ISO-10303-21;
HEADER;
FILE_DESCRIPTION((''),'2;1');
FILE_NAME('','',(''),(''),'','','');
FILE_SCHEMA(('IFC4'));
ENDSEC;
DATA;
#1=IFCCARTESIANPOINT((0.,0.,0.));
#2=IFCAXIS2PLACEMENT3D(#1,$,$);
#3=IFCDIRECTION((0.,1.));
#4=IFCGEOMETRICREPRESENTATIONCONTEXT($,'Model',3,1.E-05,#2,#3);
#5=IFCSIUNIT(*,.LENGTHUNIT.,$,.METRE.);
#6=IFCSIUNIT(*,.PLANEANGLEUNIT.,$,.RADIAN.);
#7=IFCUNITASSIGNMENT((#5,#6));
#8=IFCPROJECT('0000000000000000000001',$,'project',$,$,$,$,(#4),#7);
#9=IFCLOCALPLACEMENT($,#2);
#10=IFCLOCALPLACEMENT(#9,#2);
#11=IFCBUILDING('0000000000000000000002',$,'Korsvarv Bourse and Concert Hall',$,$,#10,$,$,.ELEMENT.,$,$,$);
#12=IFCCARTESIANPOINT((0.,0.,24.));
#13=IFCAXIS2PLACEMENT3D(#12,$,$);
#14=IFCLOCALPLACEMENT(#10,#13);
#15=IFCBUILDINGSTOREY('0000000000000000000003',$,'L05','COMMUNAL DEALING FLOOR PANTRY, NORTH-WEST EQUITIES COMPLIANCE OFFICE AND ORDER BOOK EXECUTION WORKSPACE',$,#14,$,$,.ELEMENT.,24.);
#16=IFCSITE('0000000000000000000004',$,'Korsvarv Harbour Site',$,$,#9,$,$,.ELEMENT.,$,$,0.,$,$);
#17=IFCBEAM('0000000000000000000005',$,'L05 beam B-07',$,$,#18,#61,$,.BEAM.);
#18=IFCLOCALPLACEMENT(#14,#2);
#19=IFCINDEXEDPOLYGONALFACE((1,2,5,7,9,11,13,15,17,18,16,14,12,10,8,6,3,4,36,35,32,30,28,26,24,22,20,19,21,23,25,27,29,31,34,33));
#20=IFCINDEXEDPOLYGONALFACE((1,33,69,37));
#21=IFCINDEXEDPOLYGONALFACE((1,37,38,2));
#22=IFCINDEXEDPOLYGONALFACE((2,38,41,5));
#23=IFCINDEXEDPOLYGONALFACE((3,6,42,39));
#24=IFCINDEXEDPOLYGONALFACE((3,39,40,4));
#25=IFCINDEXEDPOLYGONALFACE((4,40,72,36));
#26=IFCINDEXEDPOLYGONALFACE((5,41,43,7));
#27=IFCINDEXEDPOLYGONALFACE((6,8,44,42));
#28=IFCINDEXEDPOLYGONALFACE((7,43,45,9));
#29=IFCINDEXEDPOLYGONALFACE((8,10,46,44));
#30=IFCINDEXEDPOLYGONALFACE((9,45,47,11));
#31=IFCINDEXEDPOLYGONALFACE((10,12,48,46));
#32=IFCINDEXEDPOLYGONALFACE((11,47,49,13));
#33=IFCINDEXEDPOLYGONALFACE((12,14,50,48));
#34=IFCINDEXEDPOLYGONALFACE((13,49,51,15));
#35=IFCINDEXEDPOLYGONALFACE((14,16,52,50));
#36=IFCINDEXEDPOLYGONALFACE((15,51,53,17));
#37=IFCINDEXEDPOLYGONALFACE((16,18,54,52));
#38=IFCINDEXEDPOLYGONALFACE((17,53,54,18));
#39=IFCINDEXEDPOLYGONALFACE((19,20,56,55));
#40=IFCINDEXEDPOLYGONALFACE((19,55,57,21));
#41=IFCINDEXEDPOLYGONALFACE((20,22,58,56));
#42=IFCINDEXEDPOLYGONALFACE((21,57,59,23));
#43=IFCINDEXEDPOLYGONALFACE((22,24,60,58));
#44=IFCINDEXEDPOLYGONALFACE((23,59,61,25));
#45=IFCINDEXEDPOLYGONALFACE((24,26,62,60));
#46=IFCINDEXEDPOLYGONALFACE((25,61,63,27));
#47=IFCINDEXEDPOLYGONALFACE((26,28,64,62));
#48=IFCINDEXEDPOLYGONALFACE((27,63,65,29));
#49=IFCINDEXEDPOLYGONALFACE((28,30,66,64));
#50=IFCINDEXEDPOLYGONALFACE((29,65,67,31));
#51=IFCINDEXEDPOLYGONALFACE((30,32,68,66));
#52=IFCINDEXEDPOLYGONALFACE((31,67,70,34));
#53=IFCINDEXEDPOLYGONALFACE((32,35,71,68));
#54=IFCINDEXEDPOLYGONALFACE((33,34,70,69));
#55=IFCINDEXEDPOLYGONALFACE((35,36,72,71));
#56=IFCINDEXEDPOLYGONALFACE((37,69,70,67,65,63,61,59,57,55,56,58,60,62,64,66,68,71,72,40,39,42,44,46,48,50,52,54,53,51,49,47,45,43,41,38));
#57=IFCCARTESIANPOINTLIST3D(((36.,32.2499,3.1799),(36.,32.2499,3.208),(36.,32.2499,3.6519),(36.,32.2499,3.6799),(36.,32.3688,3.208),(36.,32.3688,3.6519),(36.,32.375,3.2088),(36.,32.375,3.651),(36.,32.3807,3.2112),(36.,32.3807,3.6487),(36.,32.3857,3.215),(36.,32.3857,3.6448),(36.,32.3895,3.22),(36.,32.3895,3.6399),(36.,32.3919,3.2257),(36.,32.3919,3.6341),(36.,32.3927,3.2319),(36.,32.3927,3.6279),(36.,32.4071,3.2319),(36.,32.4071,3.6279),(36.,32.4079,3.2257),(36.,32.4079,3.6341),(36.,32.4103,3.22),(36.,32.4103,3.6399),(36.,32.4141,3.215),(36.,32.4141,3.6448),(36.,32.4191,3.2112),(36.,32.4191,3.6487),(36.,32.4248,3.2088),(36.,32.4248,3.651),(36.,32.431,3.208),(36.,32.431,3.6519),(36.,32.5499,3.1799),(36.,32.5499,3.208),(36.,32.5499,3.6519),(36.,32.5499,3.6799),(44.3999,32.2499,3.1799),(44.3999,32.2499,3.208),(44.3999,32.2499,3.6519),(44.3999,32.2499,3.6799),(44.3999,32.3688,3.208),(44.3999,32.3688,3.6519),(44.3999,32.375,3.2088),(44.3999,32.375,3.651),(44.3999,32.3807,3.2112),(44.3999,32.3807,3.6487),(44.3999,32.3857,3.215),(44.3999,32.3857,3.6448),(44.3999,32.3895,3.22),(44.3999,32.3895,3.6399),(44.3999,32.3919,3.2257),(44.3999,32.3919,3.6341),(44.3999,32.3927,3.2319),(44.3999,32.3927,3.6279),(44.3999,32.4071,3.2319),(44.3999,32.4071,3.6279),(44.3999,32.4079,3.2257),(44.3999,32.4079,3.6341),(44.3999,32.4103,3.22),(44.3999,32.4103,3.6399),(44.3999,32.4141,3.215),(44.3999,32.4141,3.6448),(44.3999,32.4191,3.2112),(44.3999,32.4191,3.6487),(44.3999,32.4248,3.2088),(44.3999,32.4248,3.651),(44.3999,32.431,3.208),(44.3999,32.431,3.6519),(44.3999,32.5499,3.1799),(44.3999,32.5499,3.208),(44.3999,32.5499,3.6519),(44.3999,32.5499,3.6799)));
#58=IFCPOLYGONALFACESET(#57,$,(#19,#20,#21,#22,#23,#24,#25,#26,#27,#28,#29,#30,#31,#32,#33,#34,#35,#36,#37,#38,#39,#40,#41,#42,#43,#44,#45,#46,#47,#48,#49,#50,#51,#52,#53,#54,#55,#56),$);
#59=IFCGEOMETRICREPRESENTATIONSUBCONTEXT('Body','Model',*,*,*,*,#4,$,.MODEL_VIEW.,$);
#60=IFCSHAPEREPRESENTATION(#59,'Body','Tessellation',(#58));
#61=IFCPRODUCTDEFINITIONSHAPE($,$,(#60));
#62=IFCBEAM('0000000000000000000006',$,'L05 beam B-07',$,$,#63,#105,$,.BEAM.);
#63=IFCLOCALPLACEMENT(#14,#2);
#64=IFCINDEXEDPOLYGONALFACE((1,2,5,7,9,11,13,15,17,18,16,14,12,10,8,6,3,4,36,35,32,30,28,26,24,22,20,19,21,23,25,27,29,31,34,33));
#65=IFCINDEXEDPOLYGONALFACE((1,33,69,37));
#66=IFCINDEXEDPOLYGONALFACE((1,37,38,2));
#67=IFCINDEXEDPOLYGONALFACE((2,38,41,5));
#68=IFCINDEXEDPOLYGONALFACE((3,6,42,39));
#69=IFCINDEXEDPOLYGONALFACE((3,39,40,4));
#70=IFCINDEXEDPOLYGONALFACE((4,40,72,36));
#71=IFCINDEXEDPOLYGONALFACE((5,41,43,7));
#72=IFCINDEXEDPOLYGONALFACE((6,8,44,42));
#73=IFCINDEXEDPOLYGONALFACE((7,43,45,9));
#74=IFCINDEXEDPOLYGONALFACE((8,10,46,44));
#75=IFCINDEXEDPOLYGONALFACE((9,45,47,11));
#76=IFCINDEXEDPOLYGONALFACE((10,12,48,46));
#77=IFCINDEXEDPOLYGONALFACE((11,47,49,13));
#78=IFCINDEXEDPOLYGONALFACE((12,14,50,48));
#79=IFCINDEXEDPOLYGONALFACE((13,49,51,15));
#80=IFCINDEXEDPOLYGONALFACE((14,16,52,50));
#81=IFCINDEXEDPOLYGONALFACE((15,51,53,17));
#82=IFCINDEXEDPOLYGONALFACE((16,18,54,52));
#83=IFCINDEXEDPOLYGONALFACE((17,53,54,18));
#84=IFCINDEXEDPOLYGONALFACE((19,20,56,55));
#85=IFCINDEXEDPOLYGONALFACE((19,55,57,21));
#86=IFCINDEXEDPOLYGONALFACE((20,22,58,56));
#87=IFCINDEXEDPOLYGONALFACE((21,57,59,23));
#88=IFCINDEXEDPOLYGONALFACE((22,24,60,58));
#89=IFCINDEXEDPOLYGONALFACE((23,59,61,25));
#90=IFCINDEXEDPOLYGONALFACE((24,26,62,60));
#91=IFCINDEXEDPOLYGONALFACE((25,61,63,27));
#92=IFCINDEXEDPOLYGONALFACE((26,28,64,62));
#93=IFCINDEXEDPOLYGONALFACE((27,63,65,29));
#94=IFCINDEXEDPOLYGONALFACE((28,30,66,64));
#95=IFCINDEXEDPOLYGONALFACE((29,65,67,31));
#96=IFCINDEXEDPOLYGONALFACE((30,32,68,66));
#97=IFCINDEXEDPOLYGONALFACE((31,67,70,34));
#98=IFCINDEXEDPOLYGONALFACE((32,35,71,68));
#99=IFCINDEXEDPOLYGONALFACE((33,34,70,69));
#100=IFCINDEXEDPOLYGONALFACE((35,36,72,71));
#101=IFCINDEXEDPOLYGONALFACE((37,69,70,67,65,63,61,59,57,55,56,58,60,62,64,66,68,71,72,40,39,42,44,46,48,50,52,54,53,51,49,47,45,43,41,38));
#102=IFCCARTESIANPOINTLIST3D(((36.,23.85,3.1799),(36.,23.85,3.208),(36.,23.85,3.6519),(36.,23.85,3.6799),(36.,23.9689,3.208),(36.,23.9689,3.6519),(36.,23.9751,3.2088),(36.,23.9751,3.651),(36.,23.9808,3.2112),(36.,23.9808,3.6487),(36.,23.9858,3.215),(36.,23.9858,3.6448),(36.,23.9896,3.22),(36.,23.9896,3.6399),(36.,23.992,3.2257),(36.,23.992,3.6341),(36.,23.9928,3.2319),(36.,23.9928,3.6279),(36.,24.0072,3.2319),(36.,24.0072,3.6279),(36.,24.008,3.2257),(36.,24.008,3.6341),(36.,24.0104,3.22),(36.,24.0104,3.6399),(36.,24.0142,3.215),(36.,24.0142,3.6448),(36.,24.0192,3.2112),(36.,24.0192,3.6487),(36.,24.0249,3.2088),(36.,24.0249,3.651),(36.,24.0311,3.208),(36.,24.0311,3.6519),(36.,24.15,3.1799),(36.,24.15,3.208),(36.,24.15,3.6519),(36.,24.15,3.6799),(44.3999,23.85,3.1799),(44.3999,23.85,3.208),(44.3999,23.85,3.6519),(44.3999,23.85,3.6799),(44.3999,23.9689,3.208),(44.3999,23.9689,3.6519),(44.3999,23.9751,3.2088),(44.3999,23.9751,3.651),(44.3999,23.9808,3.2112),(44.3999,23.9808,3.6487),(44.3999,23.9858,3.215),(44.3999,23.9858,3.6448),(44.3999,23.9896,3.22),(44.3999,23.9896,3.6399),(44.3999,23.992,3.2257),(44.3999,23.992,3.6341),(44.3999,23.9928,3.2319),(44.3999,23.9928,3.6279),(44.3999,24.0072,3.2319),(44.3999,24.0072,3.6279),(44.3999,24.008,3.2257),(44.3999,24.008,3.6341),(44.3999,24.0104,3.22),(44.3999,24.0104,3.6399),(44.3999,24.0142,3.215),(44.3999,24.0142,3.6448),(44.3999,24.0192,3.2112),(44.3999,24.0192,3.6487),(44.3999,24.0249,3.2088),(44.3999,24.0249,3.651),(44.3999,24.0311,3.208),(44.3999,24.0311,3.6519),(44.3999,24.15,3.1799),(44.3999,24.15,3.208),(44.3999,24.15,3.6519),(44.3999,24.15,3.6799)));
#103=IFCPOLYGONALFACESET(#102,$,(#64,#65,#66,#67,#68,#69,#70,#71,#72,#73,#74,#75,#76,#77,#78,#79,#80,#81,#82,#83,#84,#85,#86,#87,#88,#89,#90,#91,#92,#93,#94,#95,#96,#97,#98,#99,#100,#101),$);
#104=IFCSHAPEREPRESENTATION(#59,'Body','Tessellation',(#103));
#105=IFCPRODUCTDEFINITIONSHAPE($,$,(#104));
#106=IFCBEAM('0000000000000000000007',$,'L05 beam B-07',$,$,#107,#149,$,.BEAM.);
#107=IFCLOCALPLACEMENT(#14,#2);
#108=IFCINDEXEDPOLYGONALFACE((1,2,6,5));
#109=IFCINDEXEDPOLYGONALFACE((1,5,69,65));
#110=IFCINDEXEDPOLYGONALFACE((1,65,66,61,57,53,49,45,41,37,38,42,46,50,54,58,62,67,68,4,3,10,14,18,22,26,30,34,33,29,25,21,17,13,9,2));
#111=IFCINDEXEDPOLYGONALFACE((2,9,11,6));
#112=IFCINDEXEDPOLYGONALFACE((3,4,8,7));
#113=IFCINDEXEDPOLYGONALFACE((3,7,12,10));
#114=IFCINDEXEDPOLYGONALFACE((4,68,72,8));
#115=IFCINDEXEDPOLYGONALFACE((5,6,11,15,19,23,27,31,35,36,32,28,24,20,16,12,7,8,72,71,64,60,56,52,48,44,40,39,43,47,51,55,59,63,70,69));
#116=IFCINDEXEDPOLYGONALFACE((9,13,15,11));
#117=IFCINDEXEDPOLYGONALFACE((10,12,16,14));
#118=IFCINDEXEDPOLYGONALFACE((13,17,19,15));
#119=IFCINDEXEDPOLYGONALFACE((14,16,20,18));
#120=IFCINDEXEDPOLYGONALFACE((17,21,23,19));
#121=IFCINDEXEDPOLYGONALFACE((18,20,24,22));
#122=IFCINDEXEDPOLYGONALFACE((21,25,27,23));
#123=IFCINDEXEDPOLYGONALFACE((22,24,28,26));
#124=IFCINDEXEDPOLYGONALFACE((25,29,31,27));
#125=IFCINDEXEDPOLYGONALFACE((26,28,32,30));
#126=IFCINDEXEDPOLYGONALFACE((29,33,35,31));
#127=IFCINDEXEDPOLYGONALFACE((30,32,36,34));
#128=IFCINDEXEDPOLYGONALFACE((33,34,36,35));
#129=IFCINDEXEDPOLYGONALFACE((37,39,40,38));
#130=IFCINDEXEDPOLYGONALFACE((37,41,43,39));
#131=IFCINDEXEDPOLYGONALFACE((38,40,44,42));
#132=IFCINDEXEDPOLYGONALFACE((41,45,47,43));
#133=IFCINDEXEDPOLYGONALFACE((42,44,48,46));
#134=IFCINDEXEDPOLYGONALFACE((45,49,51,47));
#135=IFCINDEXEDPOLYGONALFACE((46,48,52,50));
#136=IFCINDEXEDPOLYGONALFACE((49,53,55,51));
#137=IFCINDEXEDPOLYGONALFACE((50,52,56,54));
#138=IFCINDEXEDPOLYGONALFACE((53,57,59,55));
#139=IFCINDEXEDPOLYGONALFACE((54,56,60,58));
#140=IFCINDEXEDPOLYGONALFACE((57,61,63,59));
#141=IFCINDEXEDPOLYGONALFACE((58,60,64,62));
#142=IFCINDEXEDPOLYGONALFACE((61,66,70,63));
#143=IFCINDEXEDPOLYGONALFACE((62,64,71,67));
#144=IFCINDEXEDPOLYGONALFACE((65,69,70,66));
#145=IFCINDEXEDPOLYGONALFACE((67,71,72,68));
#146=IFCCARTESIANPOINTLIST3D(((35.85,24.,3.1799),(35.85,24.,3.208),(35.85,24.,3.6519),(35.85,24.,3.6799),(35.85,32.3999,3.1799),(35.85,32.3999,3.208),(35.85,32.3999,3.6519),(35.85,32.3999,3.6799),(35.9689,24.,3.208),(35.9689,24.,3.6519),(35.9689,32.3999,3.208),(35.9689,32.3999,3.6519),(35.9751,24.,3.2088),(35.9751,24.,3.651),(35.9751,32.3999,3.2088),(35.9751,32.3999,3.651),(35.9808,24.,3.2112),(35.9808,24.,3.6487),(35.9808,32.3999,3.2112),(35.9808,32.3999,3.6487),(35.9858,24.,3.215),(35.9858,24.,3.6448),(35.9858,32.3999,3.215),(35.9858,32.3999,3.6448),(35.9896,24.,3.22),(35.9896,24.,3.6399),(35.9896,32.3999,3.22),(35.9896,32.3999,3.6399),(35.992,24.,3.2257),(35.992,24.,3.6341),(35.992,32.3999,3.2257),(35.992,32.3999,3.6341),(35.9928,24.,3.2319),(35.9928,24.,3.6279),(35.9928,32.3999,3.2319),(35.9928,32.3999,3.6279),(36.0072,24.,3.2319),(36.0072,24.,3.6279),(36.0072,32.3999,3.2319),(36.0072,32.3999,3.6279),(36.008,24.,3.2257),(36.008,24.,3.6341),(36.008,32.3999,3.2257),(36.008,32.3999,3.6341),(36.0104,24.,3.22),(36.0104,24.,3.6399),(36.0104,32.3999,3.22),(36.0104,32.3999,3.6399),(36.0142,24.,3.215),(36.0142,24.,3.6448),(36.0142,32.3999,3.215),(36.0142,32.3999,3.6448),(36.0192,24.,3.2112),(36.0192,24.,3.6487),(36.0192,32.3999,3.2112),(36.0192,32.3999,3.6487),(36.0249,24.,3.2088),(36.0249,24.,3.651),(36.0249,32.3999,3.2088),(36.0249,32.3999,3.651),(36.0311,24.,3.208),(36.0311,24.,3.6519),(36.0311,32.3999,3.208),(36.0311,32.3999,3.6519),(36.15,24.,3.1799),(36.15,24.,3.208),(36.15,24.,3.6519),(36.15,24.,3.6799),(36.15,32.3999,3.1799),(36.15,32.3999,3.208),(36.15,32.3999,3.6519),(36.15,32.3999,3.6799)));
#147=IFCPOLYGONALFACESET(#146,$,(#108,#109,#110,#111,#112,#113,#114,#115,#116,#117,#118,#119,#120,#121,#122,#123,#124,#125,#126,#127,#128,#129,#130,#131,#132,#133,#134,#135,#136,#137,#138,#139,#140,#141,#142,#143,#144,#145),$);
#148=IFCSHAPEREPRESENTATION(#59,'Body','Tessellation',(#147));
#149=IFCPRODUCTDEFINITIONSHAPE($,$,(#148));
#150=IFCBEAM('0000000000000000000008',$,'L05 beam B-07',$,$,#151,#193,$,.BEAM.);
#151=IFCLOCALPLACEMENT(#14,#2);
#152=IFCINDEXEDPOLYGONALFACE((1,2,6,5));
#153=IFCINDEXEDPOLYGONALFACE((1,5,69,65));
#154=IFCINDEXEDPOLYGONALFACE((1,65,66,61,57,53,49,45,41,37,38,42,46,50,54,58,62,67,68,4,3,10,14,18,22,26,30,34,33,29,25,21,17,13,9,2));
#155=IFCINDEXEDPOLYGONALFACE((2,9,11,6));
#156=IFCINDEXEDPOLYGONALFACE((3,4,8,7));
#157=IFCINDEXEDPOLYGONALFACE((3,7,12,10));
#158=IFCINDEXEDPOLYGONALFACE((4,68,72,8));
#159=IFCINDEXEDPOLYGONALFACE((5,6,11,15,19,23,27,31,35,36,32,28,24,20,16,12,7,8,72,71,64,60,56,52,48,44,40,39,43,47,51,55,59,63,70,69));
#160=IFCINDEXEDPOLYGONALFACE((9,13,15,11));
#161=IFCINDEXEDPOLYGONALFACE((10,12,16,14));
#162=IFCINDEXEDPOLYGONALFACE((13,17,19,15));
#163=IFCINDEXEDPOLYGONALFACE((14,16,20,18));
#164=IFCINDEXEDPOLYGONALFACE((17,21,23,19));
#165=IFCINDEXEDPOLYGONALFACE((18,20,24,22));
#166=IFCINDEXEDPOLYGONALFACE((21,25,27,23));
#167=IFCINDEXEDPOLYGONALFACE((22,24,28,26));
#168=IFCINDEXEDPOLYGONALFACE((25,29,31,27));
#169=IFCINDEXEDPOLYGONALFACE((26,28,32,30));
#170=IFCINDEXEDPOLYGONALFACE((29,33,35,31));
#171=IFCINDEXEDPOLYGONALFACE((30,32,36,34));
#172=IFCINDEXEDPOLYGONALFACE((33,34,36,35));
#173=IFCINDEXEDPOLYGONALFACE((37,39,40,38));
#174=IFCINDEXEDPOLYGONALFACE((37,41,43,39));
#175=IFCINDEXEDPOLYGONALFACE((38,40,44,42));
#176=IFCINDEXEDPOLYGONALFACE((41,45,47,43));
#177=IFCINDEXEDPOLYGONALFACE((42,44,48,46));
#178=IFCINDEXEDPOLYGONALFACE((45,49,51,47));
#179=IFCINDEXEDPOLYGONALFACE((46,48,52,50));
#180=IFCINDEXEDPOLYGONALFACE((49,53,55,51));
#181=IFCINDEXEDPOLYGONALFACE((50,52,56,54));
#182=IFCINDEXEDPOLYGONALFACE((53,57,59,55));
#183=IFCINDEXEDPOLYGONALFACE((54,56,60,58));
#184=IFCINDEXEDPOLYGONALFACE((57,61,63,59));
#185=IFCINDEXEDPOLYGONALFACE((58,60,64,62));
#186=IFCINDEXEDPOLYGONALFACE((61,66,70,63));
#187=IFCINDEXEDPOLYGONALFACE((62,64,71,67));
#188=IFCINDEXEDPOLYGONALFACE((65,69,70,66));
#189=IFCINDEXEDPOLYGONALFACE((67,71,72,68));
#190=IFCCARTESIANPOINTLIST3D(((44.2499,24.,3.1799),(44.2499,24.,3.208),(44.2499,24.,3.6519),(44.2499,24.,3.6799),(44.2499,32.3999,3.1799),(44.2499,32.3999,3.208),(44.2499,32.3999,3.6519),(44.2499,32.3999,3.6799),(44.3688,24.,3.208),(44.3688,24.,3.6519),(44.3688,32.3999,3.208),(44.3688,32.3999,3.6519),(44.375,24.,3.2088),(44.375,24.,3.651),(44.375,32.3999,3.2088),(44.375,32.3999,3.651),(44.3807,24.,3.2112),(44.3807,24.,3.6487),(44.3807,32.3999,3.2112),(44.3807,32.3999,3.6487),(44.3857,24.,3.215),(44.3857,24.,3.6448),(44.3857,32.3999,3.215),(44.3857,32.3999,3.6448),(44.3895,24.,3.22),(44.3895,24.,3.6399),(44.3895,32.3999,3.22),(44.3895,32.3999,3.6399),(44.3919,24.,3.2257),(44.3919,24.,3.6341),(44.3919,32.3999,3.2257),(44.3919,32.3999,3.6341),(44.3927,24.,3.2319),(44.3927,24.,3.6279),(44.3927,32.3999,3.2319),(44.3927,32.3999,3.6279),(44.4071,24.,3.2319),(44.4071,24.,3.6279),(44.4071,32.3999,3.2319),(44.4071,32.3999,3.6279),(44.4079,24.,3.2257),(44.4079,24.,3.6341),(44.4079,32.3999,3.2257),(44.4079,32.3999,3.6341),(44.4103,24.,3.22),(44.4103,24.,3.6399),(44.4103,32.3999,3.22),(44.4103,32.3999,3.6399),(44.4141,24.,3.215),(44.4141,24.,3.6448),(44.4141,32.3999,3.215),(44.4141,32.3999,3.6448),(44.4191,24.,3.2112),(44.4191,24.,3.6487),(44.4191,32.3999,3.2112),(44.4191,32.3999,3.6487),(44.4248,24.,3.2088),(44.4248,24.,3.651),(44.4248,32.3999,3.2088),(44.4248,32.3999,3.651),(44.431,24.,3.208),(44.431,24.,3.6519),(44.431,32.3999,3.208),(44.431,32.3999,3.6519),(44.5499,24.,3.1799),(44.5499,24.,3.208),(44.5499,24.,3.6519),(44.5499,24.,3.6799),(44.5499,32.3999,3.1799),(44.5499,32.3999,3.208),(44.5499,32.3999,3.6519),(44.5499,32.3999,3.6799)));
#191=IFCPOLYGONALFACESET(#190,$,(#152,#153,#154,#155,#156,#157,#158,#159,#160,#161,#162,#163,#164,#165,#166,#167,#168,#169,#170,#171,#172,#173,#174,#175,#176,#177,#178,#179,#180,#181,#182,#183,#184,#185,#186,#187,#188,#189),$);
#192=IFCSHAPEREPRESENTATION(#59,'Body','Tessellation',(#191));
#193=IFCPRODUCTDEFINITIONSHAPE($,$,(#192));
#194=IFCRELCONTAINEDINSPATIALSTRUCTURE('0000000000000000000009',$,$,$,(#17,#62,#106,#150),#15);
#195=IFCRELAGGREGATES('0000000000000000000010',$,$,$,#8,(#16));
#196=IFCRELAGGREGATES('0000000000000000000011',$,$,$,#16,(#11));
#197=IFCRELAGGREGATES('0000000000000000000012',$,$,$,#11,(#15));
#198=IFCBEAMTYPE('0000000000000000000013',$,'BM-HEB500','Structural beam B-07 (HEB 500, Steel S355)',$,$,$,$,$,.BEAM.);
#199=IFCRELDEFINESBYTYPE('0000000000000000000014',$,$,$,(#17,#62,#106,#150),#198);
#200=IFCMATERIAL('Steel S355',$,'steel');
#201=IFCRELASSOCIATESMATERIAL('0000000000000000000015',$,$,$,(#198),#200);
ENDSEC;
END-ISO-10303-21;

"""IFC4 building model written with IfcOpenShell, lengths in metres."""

from ifc_helpers import new_model, si_unit, direction, frame, origin, origin_2d, place, context, subcontext, project, spatial, i_section, extrude, source, transform, mapped, material, material_profile, profile_set, type_object, element, save


model = new_model("IFC4")

# Units and contexts
model_context = context("Model", 3, precision=1e-05, world=origin(), true_north=direction((0.0, 1.0)))
body_context = subcontext(model_context, "Body", "Model", "MODEL_VIEW")
ifc_project = project(units=[si_unit("LENGTHUNIT", "METRE"), si_unit("PLANEANGLEUNIT", "RADIAN")], contexts=[model_context])

# Site, building, storey
site_placement = place(None, origin())
site = spatial("IfcSite", under=ifc_project, at=site_placement, Name="Korsvarv Harbour Site", CompositionType="ELEMENT", RefElevation=0.0)
building_placement = place(site_placement, origin())
building = spatial("IfcBuilding", under=site, at=building_placement, Name="Korsvarv Bourse and Concert Hall", CompositionType="ELEMENT")
storey_placement = place(building_placement, frame((0.0, 0.0, 24.0)))
storey = spatial("IfcBuildingStorey", under=building, at=storey_placement, Name="L05", Description="COMMUNAL DEALING FLOOR PANTRY, NORTH-WEST EQUITIES COMPLIANCE OFFICE AND ORDER BOOK EXECUTION WORKSPACE", CompositionType="ELEMENT", Elevation=24.0)

# Beams
ifc_material_1 = material(Name="Steel S355", Category="steel")
ifc_material_profile_1 = material_profile(ifc_material_1, i_section(OverallWidth=0.3, OverallDepth=0.5, WebThickness=0.0144, FlangeThickness=0.0281, FilletRadius=0.0239, at=origin_2d()), Name="HEB 500")
ifc_profile_set_1 = profile_set([ifc_material_profile_1], Name="Steel S355")
beam_type_1 = type_object("IfcBeamType", Name="BM-HEB500", Description="Structural beam B-07 (HEB 500, Steel S355)", PredefinedType="BEAM", material=ifc_profile_set_1)
shared_shape_1 = source(origin(), body_context, "Body", "SweptSolid", [
    extrude(i_section(OverallWidth=0.3, OverallDepth=0.5, WebThickness=0.0144, FlangeThickness=0.0281, FilletRadius=0.0239, at=origin_2d()), origin(), (0.0, 0.0, 1.0), 8.3999),
])
for number, where, z_axis, x_axis, name in (
    (1, (36.0, 32.3999, 3.4299), (1.0, 0.0, 0.0), (0.0, 1.0, 0.0), "L05 beam B-07"),
    (2, (36.0, 24.0, 3.4299), (1.0, 0.0, 0.0), (0.0, 1.0, 0.0), "L05 beam B-07"),
    (3, (36.0, 24.0, 3.4299), (0.0, 1.0, 0.0), (-1.0, 0.0, 0.0), "L05 beam B-07"),
    (4, (44.3999, 24.0, 3.4299), (0.0, 1.0, 0.0), (-1.0, 0.0, 0.0), "L05 beam B-07"),
):
    element("IfcBeam", number, at=place(storey_placement, frame(where, z_axis=z_axis, x_axis=x_axis)), inside=storey, type_object=beam_type_1, Name=name, PredefinedType="BEAM", context=body_context, shape_type="MappedRepresentation", body=[
        mapped(shared_shape_1, transform((0.0, 0.0, 0.0), scale=1.0)),
    ])

save(model, "model.ifc")
